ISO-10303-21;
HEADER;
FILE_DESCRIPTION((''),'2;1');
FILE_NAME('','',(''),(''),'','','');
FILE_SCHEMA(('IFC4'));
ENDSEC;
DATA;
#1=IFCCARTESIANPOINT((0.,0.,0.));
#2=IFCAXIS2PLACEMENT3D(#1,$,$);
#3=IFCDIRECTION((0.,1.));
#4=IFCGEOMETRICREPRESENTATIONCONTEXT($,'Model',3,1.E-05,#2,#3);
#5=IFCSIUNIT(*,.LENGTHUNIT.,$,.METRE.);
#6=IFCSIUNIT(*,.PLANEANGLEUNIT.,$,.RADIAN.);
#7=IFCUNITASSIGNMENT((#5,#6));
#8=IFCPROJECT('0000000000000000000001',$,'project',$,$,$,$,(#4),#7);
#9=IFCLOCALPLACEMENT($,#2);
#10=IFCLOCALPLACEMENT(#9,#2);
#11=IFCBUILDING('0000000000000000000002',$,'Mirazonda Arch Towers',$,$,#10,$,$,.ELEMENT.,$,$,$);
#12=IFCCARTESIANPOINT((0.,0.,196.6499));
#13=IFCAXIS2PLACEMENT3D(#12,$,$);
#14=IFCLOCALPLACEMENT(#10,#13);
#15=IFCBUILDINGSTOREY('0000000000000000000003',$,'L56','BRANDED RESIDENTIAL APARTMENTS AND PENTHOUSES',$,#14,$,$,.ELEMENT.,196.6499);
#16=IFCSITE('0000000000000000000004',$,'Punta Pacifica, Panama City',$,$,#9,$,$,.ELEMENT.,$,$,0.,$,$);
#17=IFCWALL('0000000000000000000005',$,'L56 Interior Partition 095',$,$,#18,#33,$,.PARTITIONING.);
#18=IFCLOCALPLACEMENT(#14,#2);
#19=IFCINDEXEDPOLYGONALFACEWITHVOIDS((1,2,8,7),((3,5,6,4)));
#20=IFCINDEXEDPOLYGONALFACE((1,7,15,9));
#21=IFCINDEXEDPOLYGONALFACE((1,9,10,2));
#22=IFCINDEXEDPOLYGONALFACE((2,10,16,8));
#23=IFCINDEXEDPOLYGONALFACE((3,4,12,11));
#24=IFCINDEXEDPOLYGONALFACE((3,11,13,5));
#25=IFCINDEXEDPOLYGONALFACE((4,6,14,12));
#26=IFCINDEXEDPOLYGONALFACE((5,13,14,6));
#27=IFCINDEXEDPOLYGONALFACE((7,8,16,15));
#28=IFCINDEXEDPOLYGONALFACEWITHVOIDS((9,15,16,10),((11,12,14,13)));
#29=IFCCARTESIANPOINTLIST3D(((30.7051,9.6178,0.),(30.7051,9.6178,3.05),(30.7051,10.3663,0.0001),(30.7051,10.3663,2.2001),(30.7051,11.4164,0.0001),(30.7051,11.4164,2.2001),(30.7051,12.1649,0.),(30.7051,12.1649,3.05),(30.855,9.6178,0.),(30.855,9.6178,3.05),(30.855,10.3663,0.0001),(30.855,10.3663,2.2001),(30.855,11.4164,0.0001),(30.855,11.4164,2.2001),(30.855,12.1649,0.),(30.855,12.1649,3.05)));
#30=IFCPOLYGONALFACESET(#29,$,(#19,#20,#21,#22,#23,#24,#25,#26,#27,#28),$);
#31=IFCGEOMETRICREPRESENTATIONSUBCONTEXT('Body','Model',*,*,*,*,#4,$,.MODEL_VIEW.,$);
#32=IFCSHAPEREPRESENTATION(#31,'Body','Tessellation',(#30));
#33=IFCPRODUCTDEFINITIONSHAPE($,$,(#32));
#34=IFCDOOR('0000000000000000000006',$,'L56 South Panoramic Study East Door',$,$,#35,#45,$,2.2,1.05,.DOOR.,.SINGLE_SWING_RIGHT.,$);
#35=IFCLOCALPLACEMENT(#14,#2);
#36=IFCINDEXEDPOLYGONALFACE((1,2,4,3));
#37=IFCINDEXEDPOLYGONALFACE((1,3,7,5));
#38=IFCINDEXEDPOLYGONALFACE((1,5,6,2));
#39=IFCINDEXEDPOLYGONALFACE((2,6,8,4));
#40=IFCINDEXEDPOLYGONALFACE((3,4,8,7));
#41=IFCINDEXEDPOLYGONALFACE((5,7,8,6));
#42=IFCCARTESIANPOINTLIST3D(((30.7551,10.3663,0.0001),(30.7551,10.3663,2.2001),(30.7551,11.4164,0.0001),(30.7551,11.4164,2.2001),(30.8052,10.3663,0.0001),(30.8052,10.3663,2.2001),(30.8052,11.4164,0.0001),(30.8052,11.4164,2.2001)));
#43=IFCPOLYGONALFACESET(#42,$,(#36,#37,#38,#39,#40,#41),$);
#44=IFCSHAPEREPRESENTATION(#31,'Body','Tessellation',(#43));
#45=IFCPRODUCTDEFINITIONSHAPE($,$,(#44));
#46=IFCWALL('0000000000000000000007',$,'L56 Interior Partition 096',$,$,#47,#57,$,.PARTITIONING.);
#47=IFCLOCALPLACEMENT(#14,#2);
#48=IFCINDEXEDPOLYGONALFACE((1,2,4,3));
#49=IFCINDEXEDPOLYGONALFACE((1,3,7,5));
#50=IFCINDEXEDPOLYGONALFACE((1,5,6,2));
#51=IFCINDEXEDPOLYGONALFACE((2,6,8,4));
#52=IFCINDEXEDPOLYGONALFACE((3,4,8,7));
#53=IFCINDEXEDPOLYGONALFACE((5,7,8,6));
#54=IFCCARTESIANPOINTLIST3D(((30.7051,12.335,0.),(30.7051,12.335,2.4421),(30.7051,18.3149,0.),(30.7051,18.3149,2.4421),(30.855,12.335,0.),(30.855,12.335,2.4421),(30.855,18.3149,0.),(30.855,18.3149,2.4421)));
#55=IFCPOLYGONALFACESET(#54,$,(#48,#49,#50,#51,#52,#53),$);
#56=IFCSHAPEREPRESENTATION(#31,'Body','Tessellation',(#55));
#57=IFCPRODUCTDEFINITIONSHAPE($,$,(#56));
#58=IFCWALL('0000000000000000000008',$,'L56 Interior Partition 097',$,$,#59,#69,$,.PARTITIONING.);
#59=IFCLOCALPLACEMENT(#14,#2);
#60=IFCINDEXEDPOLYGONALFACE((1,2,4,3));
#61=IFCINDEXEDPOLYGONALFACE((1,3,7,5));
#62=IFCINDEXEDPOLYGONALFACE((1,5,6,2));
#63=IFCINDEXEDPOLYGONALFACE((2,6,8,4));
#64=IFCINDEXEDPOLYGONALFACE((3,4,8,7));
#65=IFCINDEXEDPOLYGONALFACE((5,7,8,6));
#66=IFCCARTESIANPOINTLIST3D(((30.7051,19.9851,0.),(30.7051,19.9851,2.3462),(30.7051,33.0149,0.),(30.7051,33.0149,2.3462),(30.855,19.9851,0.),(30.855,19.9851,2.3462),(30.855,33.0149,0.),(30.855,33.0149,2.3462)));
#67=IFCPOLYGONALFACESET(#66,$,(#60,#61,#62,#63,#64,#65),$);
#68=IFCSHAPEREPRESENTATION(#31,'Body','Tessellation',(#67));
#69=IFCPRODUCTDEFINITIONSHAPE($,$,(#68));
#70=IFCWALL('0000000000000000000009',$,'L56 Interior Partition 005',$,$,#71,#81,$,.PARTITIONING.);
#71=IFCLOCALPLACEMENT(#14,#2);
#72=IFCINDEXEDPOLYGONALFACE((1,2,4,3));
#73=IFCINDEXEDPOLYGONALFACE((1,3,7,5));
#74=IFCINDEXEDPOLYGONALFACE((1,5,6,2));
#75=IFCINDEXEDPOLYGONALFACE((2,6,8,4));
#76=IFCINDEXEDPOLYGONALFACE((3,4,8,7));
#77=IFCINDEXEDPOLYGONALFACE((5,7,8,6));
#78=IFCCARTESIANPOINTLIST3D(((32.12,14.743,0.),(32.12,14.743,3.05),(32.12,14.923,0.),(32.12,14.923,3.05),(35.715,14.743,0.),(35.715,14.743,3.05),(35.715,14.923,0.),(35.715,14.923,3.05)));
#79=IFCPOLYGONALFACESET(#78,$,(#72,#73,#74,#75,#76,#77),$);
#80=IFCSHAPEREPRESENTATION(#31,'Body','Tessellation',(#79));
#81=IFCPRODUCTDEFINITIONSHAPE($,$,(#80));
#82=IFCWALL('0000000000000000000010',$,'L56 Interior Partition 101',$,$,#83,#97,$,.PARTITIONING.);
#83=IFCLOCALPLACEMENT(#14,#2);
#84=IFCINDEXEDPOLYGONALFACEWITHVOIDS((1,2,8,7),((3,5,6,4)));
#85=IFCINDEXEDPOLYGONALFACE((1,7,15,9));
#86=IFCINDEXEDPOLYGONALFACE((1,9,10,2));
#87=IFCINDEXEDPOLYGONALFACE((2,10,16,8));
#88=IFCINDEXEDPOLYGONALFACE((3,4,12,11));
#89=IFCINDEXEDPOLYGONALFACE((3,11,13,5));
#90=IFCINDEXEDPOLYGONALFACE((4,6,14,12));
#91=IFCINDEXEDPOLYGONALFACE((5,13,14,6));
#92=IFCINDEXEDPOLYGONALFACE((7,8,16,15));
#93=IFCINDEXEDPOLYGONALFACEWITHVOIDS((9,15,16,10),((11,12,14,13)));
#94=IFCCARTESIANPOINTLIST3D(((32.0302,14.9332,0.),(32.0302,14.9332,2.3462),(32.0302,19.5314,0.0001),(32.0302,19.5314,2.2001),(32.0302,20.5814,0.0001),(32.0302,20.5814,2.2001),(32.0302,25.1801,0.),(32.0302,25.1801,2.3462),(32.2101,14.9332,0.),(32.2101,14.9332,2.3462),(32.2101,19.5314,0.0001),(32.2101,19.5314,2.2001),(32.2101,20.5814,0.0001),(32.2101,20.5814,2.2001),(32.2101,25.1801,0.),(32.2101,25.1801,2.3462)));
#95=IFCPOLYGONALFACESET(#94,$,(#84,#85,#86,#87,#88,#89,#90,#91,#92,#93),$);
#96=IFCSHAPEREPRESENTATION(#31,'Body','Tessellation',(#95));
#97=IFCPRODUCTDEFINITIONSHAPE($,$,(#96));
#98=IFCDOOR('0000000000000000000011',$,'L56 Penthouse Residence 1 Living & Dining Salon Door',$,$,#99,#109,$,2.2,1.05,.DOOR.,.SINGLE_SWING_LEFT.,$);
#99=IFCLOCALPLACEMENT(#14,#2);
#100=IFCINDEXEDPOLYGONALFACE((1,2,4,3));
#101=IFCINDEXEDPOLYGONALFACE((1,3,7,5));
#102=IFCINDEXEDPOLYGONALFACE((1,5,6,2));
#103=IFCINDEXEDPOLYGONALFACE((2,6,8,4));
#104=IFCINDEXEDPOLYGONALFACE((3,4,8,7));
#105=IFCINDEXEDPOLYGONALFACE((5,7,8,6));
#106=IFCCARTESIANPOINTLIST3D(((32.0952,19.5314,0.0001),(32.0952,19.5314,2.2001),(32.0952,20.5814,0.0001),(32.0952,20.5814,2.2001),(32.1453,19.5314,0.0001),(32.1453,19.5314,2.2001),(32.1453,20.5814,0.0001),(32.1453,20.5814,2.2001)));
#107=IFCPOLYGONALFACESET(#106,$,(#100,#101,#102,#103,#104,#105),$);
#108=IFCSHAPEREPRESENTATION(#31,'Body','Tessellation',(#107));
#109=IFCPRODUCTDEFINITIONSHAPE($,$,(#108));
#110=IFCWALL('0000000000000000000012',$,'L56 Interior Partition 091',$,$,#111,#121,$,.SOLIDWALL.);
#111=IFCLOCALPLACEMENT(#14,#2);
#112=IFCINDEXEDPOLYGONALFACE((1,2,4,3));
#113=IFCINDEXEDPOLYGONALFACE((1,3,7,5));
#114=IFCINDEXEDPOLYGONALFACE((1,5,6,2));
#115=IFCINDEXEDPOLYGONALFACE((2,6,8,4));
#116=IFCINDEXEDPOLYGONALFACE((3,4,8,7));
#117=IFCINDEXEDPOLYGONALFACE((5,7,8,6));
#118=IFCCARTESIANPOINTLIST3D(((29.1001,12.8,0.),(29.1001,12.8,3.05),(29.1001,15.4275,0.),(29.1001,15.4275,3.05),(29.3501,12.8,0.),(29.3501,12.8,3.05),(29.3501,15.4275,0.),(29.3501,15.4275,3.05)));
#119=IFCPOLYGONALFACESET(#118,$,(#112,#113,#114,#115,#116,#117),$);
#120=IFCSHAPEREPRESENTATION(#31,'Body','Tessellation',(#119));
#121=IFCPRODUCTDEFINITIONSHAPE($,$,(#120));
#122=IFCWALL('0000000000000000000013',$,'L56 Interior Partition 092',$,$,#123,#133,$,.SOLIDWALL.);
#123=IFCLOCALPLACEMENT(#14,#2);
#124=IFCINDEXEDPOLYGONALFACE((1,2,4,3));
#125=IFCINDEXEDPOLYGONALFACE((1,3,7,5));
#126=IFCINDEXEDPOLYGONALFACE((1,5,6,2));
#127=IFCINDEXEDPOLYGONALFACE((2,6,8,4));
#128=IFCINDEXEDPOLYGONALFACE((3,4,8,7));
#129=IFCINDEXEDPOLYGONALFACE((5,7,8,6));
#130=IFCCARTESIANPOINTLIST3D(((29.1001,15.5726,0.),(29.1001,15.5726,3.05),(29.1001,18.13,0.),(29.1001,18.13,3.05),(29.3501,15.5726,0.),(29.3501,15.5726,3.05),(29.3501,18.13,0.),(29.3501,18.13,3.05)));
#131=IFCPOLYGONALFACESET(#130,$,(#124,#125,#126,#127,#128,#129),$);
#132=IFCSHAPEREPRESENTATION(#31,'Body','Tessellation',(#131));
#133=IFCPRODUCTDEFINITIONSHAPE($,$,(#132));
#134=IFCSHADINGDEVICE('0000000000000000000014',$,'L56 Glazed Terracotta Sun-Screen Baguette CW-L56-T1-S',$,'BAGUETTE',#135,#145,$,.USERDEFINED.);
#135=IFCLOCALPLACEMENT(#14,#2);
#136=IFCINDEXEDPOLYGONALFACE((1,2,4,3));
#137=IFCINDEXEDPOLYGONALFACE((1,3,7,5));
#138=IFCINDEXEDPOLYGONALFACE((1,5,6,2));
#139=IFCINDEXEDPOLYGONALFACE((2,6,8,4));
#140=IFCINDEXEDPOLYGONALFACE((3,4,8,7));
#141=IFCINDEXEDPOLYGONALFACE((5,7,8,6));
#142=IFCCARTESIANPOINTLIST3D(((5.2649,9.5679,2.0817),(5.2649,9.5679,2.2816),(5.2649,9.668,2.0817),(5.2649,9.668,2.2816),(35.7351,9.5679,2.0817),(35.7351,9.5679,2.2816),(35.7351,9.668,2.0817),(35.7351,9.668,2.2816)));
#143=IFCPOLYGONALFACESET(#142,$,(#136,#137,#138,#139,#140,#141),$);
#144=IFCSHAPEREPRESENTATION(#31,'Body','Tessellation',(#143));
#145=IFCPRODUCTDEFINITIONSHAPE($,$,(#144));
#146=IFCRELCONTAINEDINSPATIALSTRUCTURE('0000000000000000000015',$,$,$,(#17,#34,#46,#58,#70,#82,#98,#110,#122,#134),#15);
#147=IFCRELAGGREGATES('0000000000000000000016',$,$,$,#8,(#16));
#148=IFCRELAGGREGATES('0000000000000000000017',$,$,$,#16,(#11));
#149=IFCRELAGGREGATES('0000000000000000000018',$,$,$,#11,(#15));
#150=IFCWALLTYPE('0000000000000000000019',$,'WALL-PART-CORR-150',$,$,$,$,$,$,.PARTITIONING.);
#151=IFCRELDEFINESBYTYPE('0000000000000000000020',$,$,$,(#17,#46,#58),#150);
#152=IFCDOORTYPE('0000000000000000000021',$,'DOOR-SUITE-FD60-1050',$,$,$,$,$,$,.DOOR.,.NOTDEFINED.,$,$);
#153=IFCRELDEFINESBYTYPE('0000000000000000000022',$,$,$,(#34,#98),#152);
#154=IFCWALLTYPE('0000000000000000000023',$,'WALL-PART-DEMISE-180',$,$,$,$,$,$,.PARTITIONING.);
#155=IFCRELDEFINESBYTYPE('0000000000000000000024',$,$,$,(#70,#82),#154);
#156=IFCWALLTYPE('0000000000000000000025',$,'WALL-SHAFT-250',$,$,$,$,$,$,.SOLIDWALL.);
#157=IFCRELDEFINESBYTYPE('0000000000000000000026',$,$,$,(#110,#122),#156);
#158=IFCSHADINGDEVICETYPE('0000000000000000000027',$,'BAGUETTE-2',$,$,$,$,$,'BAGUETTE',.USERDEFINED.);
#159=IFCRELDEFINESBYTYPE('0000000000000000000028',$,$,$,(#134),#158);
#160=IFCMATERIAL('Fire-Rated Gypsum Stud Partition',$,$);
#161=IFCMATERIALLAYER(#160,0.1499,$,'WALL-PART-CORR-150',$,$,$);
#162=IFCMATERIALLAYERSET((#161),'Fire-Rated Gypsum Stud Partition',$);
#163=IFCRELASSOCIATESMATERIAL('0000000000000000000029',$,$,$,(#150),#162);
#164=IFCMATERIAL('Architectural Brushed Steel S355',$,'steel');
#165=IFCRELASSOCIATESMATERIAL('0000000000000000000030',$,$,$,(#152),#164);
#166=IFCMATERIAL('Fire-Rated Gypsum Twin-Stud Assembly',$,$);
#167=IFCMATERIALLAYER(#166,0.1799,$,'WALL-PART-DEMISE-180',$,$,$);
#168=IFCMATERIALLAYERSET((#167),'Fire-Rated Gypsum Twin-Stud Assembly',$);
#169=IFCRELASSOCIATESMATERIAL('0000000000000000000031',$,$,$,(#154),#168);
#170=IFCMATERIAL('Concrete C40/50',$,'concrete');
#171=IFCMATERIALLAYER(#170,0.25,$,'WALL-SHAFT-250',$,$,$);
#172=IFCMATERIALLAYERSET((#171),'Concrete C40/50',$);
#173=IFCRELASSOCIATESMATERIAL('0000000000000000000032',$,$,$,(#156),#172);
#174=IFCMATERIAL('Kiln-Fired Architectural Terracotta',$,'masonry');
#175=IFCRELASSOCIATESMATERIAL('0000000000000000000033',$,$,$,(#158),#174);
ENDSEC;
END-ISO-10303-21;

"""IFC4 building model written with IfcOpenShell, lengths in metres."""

from ifc_helpers import new_model, si_unit, direction, frame, frame_2d, origin, origin_2d, place, context, subcontext, project, spatial, rectangle, extrude, material, layer, layer_set, material_profile, profile_set, type_object, element, fill, save


model = new_model("IFC4")

# Units and contexts
model_context = context("Model", 3, precision=1e-05, world=origin(), true_north=direction((0.0, 1.0)))
body_context = subcontext(model_context, "Body", "Model", "MODEL_VIEW")
ifc_project = project(units=[si_unit("LENGTHUNIT", "METRE"), si_unit("PLANEANGLEUNIT", "RADIAN")], contexts=[model_context])

# Site, building, storey
site_placement = place(None, origin())
site = spatial("IfcSite", under=ifc_project, at=site_placement, Name="Punta Pacifica, Panama City", CompositionType="ELEMENT", RefElevation=0.0)
building_placement = place(site_placement, origin())
building = spatial("IfcBuilding", under=site, at=building_placement, Name="Mirazonda Arch Towers", CompositionType="ELEMENT")
storey_placement = place(building_placement, frame((0.0, 0.0, 196.6499)))
storey = spatial("IfcBuildingStorey", under=building, at=storey_placement, Name="L56", Description="BRANDED RESIDENTIAL APARTMENTS AND PENTHOUSES", CompositionType="ELEMENT", Elevation=196.6499)

# Shared definitions
ifc_material_1 = material(Name="Fire-Rated Gypsum Stud Partition")
ifc_layer_1 = layer(ifc_material_1, 0.1499, Name="WALL-PART-CORR-150")
ifc_layer_set_1 = layer_set([ifc_layer_1], Name="Fire-Rated Gypsum Stud Partition")
wall_type_1 = type_object("IfcWallType", Name="WALL-PART-CORR-150", PredefinedType="PARTITIONING", material=ifc_layer_set_1)

# Wall, opening, door
wall_1_placement = place(storey_placement, frame((30.78, 9.6179, 0.0), z_axis=(0.0, 0.0, 1.0), x_axis=(0.0, 1.0, 0.0)))
wall_1 = element("IfcWall", 1, at=wall_1_placement, inside=storey, type_object=wall_type_1, Name="L56 Interior Partition 095", PredefinedType="PARTITIONING", context=body_context, shape_type="SweptSolid", body=[
    extrude(rectangle(XDim=2.5471, YDim=0.1499, at=frame_2d((1.2734, 0.0))), origin(), (0.0, 0.0, 1.0), 3.05),
])
opening_1_placement = place(wall_1_placement, frame((0.7485, 0.0, 0.0)))
opening_1 = element("IfcOpeningElement", 2, at=opening_1_placement, cuts=wall_1, PredefinedType="OPENING", context=body_context, shape_type="SweptSolid", body=[
    extrude(rectangle(XDim=1.05, YDim=2.2, at=frame_2d((0.5249, 1.1001))), frame((0.0, 0.085, 0.0), z_axis=(0.0, -1.0, 0.0), x_axis=(1.0, 0.0, 0.0)), (0.0, 0.0, 1.0), 0.1699),
])
ifc_material_2 = material(Name="Architectural Brushed Steel S355", Category="steel")
door_type_1 = type_object("IfcDoorType", Name="DOOR-SUITE-FD60-1050", OperationType="NOTDEFINED", PredefinedType="DOOR", material=ifc_material_2)
door_1_placement = place(opening_1_placement, origin())
door_1 = element("IfcDoor", 3, at=door_1_placement, inside=storey, type_object=door_type_1, Name="L56 South Panoramic Study East Door", OperationType="SINGLE_SWING_RIGHT", OverallHeight=2.2, OverallWidth=1.05, PredefinedType="DOOR", context=body_context, shape_type="SweptSolid", body=[
    extrude(rectangle(XDim=1.05, YDim=2.2, at=frame_2d((0.5249, 1.1001))), frame((0.0, 0.0249, 0.0), z_axis=(0.0, -1.0, 0.0), x_axis=(1.0, 0.0, 0.0)), (0.0, 0.0, 1.0), 0.05),
])
fill(opening_1, door_1)

# Walls
wall_2_placement = place(storey_placement, frame((30.78, 12.335, 0.0), z_axis=(0.0, 0.0, 1.0), x_axis=(0.0, 1.0, 0.0)))
element("IfcWall", 4, at=wall_2_placement, inside=storey, type_object=wall_type_1, Name="L56 Interior Partition 096", PredefinedType="PARTITIONING", context=body_context, shape_type="SweptSolid", body=[
    extrude(rectangle(XDim=5.98, YDim=0.1499, at=frame_2d((2.99, 0.0))), origin(), (0.0, 0.0, 1.0), 2.4421),
])
wall_3_placement = place(storey_placement, frame((30.78, 19.9851, 0.0), z_axis=(0.0, 0.0, 1.0), x_axis=(0.0, 1.0, 0.0)))
element("IfcWall", 5, at=wall_3_placement, inside=storey, type_object=wall_type_1, Name="L56 Interior Partition 097", PredefinedType="PARTITIONING", context=body_context, shape_type="SweptSolid", body=[
    extrude(rectangle(XDim=13.0298, YDim=0.1499, at=frame_2d((6.5149, 0.0))), origin(), (0.0, 0.0, 1.0), 2.3462),
])
ifc_material_3 = material(Name="Fire-Rated Gypsum Twin-Stud Assembly")
ifc_layer_2 = layer(ifc_material_3, 0.1799, Name="WALL-PART-DEMISE-180")
ifc_layer_set_2 = layer_set([ifc_layer_2], Name="Fire-Rated Gypsum Twin-Stud Assembly")
wall_type_2 = type_object("IfcWallType", Name="WALL-PART-DEMISE-180", PredefinedType="PARTITIONING", material=ifc_layer_set_2)
wall_4_placement = place(storey_placement, frame((32.1201, 14.833, 0.0), z_axis=(0.0, 0.0, 1.0), x_axis=(1.0, 0.0, 0.0)))
element("IfcWall", 6, at=wall_4_placement, inside=storey, type_object=wall_type_2, Name="L56 Interior Partition 005", PredefinedType="PARTITIONING", context=body_context, shape_type="SweptSolid", body=[
    extrude(rectangle(XDim=3.595, YDim=0.1799, at=frame_2d((1.7974, 0.0))), origin(), (0.0, 0.0, 1.0), 3.05),
])

# Wall, opening, door
wall_5_placement = place(storey_placement, frame((32.1201, 14.9331, 0.0), z_axis=(0.0, 0.0, 1.0), x_axis=(0.0, 1.0, 0.0)))
wall_5 = element("IfcWall", 7, at=wall_5_placement, inside=storey, type_object=wall_type_2, Name="L56 Interior Partition 101", PredefinedType="PARTITIONING", context=body_context, shape_type="SweptSolid", body=[
    extrude(rectangle(XDim=10.2468, YDim=0.1799, at=frame_2d((5.1235, 0.0))), origin(), (0.0, 0.0, 1.0), 2.3462),
])
opening_2_placement = place(wall_5_placement, frame((4.5984, 0.0, 0.0)))
opening_2 = element("IfcOpeningElement", 8, at=opening_2_placement, cuts=wall_5, PredefinedType="OPENING", context=body_context, shape_type="SweptSolid", body=[
    extrude(rectangle(XDim=1.05, YDim=2.2, at=frame_2d((0.5249, 1.1001))), frame((0.0, 0.0999, 0.0), z_axis=(0.0, -1.0, 0.0), x_axis=(1.0, 0.0, 0.0)), (0.0, 0.0, 1.0), 0.2),
])
door_2_placement = place(opening_2_placement, origin())
door_2 = element("IfcDoor", 9, at=door_2_placement, inside=storey, type_object=door_type_1, Name="L56 Penthouse Residence 1 Living & Dining Salon Door", OperationType="SINGLE_SWING_LEFT", OverallHeight=2.2, OverallWidth=1.05, PredefinedType="DOOR", context=body_context, shape_type="SweptSolid", body=[
    extrude(rectangle(XDim=1.05, YDim=2.2, at=frame_2d((0.5249, 1.1001))), frame((0.0, 0.0249, 0.0), z_axis=(0.0, -1.0, 0.0), x_axis=(1.0, 0.0, 0.0)), (0.0, 0.0, 1.0), 0.05),
])
fill(opening_2, door_2)

# Walls
ifc_material_4 = material(Name="Concrete C40/50", Category="concrete")
ifc_layer_3 = layer(ifc_material_4, 0.25, Name="WALL-SHAFT-250")
ifc_layer_set_3 = layer_set([ifc_layer_3], Name="Concrete C40/50")
wall_type_3 = type_object("IfcWallType", Name="WALL-SHAFT-250", PredefinedType="SOLIDWALL", material=ifc_layer_set_3)
wall_6_placement = place(storey_placement, frame((29.2251, 12.8, 0.0), z_axis=(0.0, 0.0, 1.0), x_axis=(0.0, 1.0, 0.0)))
element("IfcWall", 10, at=wall_6_placement, inside=storey, type_object=wall_type_3, Name="L56 Interior Partition 091", PredefinedType="SOLIDWALL", context=body_context, shape_type="SweptSolid", body=[
    extrude(rectangle(XDim=2.6274, YDim=0.25, at=frame_2d((1.3137, 0.0))), origin(), (0.0, 0.0, 1.0), 3.05),
])
wall_7_placement = place(storey_placement, frame((29.2251, 15.5725, 0.0), z_axis=(0.0, 0.0, 1.0), x_axis=(0.0, 1.0, 0.0)))
element("IfcWall", 11, at=wall_7_placement, inside=storey, type_object=wall_type_3, Name="L56 Interior Partition 092", PredefinedType="SOLIDWALL", context=body_context, shape_type="SweptSolid", body=[
    extrude(rectangle(XDim=2.5574, YDim=0.25, at=frame_2d((1.2788, 0.0))), origin(), (0.0, 0.0, 1.0), 3.05),
])

# Shading device
ifc_material_5 = material(Name="Kiln-Fired Architectural Terracotta", Category="masonry")
ifc_material_profile_1 = material_profile(ifc_material_5, rectangle(XDim=0.1001, YDim=0.2, at=origin_2d()), Name="TERRA-BAG-100x200")
ifc_profile_set_1 = profile_set([ifc_material_profile_1], Name="Kiln-Fired Architectural Terracotta")
shading_device_type = type_object("IfcShadingDeviceType", Name="BAGUETTE-2", ElementType="BAGUETTE", PredefinedType="USERDEFINED", material=ifc_profile_set_1)
shading_device_placement = place(storey_placement, frame((35.7351, 9.6179, 2.1816), z_axis=(-1.0, 0.0, 0.0), x_axis=(0.0, -1.0, 0.0)))
element("IfcShadingDevice", 12, at=shading_device_placement, inside=storey, type_object=shading_device_type, Name="L56 Glazed Terracotta Sun-Screen Baguette CW-L56-T1-S", ObjectType="BAGUETTE", PredefinedType="USERDEFINED", context=body_context, shape_type="SweptSolid", body=[
    extrude(rectangle(XDim=0.1001, YDim=0.2, at=origin_2d()), origin(), (0.0, 0.0, 1.0), 30.4702),
])

save(model, "model.ifc")
